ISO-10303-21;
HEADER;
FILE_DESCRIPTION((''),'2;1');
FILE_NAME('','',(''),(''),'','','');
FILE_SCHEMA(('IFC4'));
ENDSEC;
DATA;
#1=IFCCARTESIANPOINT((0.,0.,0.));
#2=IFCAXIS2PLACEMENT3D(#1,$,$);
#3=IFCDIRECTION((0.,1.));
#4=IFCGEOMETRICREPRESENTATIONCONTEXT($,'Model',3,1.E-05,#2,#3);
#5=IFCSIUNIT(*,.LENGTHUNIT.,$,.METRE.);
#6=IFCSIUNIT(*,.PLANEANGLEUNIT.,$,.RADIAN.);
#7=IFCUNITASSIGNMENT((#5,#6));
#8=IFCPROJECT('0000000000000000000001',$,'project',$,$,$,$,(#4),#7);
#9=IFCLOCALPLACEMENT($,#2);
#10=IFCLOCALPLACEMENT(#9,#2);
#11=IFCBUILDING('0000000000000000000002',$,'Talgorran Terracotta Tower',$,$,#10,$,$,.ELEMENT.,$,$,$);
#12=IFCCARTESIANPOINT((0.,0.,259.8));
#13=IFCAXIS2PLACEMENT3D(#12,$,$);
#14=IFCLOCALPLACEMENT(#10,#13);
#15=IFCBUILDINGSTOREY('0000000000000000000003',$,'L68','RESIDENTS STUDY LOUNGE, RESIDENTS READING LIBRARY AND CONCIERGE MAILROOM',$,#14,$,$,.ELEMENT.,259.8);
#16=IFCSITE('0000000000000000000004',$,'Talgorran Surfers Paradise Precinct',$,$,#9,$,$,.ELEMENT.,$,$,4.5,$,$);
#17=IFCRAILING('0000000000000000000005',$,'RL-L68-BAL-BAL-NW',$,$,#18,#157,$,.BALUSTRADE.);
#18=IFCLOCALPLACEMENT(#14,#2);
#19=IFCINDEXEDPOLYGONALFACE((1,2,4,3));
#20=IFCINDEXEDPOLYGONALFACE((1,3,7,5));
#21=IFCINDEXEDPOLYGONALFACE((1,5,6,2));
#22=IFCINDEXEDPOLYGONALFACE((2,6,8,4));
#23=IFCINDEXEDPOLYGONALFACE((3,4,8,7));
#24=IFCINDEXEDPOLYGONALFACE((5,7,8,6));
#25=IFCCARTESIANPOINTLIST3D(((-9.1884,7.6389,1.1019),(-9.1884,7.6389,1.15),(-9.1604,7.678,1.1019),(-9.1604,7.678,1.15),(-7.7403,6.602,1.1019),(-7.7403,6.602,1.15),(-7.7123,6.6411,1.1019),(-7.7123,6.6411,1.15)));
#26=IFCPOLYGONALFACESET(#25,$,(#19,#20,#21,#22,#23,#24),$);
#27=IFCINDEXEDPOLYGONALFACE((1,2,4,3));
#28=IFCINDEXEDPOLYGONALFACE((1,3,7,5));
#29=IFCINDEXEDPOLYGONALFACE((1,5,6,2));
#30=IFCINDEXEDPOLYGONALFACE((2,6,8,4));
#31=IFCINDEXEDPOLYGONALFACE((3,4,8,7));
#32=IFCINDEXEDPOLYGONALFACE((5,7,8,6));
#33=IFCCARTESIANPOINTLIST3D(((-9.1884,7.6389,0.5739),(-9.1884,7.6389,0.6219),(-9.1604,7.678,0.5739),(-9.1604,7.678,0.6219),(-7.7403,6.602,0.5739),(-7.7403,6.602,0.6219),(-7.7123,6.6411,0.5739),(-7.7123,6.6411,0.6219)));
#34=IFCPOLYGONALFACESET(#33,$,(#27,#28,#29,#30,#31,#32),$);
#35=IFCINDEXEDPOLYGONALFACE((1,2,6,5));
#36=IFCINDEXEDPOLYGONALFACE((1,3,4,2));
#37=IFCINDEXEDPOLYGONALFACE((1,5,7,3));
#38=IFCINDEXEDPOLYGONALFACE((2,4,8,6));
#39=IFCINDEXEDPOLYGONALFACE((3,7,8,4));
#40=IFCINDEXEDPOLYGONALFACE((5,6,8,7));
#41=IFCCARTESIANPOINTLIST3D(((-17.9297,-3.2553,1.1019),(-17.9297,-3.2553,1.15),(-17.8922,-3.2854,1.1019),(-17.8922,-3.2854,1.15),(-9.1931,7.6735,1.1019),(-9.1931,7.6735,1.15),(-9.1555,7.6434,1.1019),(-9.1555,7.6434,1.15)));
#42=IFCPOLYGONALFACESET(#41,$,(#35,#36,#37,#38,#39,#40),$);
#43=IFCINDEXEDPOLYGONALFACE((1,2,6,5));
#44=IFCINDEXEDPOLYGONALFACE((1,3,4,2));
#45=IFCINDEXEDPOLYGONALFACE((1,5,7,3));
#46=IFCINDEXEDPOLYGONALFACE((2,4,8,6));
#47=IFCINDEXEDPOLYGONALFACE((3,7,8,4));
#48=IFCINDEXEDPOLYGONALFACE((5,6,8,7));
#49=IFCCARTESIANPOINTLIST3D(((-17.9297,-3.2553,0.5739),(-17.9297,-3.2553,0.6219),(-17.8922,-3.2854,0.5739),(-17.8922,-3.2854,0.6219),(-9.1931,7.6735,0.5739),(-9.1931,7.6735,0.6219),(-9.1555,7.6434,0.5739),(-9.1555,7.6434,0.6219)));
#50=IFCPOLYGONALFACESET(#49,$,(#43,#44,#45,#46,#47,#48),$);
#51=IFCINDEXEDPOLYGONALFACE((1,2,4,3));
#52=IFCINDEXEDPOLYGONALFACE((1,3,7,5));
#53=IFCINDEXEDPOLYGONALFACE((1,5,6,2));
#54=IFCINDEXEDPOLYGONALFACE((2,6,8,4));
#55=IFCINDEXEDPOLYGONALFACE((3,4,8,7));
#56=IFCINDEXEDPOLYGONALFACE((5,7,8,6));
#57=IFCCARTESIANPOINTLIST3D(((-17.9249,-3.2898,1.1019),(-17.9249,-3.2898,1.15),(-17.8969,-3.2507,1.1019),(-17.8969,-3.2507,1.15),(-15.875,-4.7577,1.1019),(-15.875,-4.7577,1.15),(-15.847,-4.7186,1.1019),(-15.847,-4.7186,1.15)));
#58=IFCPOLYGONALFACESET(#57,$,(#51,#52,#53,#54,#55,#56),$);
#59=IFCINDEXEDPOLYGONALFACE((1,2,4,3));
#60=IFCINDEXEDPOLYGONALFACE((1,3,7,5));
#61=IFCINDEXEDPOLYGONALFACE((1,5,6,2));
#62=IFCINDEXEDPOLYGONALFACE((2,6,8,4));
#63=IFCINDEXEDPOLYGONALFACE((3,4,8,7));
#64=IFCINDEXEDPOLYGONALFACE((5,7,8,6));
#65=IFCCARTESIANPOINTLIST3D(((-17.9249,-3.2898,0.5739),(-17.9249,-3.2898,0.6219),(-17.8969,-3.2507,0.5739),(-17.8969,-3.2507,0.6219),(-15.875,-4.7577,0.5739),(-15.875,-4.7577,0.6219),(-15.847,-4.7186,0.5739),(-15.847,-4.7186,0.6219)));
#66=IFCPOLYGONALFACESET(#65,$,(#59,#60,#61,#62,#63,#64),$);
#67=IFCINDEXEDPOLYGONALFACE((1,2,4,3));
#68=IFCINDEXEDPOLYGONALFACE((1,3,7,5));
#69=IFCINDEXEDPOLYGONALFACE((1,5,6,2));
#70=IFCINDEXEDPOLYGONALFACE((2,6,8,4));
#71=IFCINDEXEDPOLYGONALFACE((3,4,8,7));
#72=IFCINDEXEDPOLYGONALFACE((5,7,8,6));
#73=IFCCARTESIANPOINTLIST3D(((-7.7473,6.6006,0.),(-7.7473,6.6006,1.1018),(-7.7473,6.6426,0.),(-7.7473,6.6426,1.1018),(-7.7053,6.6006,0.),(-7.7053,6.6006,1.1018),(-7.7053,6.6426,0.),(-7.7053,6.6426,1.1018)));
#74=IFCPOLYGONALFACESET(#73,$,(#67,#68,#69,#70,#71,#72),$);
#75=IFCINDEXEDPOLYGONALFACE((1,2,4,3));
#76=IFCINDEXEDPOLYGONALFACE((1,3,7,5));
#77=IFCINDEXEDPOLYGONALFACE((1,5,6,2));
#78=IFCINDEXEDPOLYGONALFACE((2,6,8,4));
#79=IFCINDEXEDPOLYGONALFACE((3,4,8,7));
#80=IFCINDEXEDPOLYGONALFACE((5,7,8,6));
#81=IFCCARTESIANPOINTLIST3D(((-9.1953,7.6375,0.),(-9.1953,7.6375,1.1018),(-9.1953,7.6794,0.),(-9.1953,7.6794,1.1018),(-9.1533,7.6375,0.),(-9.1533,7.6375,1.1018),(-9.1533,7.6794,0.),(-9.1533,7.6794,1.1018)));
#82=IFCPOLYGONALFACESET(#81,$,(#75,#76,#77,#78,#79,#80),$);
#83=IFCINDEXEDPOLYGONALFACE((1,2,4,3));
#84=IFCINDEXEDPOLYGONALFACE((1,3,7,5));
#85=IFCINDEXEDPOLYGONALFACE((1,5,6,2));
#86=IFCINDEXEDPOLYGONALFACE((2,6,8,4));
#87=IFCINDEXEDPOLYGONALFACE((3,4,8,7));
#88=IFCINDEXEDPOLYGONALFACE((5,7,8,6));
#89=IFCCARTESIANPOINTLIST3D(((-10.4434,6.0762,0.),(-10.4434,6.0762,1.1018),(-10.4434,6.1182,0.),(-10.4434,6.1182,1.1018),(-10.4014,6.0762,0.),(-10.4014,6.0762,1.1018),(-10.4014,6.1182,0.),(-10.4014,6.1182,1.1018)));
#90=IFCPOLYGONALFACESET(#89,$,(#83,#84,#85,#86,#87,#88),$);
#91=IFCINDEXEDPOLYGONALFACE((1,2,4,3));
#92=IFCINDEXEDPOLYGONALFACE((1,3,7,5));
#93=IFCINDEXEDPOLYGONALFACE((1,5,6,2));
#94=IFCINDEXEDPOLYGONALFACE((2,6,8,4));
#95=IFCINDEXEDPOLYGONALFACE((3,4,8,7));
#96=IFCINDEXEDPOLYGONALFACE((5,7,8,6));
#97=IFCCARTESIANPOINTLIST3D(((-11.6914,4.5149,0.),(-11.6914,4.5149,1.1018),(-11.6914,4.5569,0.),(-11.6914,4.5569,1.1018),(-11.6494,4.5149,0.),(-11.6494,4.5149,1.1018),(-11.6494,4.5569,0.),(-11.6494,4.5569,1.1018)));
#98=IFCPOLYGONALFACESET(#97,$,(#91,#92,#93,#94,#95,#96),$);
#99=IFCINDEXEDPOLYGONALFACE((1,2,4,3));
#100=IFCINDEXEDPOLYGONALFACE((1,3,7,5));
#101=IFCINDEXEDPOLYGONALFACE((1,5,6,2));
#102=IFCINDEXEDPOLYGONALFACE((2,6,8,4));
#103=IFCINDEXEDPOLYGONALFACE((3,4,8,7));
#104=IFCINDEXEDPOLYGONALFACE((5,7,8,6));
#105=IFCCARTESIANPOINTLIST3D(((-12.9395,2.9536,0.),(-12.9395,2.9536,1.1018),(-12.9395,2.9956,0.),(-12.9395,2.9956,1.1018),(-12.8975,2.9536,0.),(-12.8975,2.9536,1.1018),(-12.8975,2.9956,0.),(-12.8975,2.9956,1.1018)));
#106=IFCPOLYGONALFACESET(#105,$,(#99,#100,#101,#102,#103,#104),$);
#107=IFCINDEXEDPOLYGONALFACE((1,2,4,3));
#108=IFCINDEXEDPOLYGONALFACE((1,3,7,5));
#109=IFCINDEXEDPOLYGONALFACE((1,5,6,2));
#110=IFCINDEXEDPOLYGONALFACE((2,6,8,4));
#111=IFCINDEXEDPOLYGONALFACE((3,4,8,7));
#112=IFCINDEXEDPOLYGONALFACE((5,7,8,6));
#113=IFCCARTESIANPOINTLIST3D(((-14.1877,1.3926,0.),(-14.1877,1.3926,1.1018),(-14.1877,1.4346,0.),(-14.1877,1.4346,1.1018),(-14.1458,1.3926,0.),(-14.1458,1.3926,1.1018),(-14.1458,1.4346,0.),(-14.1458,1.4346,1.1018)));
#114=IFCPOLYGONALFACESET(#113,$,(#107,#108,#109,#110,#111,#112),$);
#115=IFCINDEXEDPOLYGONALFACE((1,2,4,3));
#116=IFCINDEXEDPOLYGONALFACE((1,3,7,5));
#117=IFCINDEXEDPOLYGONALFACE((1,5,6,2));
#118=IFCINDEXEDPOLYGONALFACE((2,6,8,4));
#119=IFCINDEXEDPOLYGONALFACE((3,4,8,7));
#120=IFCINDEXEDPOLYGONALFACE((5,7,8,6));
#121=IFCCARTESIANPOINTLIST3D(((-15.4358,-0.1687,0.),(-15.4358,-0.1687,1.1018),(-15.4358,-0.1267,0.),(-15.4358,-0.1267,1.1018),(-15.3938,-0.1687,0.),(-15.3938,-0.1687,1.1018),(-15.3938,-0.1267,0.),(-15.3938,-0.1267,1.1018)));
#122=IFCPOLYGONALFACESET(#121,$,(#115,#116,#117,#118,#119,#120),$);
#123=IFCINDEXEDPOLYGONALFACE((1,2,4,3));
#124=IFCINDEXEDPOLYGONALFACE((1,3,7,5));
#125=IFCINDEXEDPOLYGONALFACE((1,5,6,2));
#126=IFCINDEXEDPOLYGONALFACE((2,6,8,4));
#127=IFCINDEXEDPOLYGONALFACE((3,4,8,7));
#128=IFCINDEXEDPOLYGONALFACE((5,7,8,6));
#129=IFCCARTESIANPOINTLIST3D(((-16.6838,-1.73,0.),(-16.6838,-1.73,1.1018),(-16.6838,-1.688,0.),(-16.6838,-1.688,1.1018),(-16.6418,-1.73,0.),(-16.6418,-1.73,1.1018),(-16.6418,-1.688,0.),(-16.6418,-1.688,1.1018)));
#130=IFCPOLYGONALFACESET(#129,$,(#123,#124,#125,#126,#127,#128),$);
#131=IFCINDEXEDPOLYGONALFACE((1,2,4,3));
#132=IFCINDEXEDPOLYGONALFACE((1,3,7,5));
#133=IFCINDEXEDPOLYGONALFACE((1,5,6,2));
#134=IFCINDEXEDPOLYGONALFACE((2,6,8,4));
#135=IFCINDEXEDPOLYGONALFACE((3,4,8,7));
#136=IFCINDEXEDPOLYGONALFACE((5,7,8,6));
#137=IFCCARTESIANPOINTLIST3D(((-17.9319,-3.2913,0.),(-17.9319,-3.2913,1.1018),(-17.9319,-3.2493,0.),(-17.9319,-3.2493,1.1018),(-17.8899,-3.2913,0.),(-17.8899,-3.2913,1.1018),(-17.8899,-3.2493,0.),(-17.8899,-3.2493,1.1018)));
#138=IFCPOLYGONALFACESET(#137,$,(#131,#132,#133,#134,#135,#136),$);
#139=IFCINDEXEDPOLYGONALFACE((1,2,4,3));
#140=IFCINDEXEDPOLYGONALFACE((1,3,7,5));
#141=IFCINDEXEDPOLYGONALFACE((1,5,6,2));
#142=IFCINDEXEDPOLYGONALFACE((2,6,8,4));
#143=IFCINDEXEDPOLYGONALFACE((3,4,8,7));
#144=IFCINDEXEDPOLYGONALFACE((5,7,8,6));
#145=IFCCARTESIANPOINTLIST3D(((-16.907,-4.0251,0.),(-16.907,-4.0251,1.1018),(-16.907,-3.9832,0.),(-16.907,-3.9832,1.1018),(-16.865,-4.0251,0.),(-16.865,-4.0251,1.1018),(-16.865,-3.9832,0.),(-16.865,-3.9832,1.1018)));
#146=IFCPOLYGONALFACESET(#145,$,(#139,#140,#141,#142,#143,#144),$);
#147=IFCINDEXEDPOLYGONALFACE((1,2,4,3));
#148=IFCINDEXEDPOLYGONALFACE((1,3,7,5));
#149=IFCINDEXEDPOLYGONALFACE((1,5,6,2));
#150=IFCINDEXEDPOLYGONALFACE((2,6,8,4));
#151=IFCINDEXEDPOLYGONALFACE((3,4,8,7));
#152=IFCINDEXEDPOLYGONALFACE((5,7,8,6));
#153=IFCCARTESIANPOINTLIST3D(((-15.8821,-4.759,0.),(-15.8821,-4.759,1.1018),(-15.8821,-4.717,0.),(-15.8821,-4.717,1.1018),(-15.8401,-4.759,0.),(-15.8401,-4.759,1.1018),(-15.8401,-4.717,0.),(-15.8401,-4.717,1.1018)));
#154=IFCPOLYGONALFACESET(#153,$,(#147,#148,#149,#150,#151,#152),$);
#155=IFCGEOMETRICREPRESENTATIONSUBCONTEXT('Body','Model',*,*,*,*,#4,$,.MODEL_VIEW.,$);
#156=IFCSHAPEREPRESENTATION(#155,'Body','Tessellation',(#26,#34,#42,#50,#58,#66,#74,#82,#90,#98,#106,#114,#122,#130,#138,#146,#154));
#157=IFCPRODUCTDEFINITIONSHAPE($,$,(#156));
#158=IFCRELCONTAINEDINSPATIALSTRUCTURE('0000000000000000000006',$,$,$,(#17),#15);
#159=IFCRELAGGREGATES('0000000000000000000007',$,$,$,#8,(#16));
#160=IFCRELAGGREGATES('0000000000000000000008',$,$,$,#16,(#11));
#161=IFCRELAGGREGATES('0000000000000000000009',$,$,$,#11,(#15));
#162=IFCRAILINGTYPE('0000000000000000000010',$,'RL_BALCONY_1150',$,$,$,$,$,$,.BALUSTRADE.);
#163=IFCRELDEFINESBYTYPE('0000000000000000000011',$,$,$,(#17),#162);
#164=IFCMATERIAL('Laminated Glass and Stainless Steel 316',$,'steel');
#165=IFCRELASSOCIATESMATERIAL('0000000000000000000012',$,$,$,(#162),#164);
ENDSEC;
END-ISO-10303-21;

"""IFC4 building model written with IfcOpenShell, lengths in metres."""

from ifc_helpers import new_model, si_unit, direction, frame, origin, origin_2d, place, context, subcontext, project, spatial, rectangle, extrude, material, type_object, element, save


model = new_model("IFC4")

# Units and contexts
model_context = context("Model", 3, precision=1e-05, world=origin(), true_north=direction((0.0, 1.0)))
body_context = subcontext(model_context, "Body", "Model", "MODEL_VIEW")
ifc_project = project(units=[si_unit("LENGTHUNIT", "METRE"), si_unit("PLANEANGLEUNIT", "RADIAN")], contexts=[model_context])

# Site, building, storey
site_placement = place(None, origin())
site = spatial("IfcSite", under=ifc_project, at=site_placement, Name="Talgorran Surfers Paradise Precinct", CompositionType="ELEMENT", RefElevation=4.5)
building_placement = place(site_placement, origin())
building = spatial("IfcBuilding", under=site, at=building_placement, Name="Talgorran Terracotta Tower", CompositionType="ELEMENT")
storey_placement = place(building_placement, frame((0.0, 0.0, 259.8)))
storey = spatial("IfcBuildingStorey", under=building, at=storey_placement, Name="L68", Description="RESIDENTS STUDY LOUNGE, RESIDENTS READING LIBRARY AND CONCIERGE MAILROOM", CompositionType="ELEMENT", Elevation=259.8)

# Railing
ifc_material_1 = material(Name="Laminated Glass and Stainless Steel 316", Category="steel")
railing_type = type_object("IfcRailingType", Name="RL_BALCONY_1150", PredefinedType="BALUSTRADE", material=ifc_material_1)
railing_placement = place(storey_placement, frame((-7.7263, 6.6216, 0.0)))
element("IfcRailing", 1, at=railing_placement, inside=storey, type_object=railing_type, Name="RL-L68-BAL-BAL-NW", PredefinedType="BALUSTRADE", context=body_context, shape_type="SweptSolid", body=[
    extrude(rectangle(XDim=0.0481, YDim=0.0481, at=origin_2d()), frame((0.0, 0.0, 1.126), z_axis=(-0.813047, 0.582197, 0.0), x_axis=(-0.582197, -0.813047, 0.0)), (0.0, 0.0, 1.0), 1.781),
    extrude(rectangle(XDim=0.0481, YDim=0.0481, at=origin_2d()), frame((0.0, 0.0, 0.5979), z_axis=(-0.813047, 0.582197, 0.0), x_axis=(-0.582197, -0.813047, 0.0)), (0.0, 0.0, 1.0), 1.781),
    extrude(rectangle(XDim=0.0481, YDim=0.0481, at=origin_2d()), frame((-1.448, 1.0369, 1.126), z_axis=(-0.624416, -0.781092, 0.0), x_axis=(0.781092, -0.624416, 0.0)), (0.0, 0.0, 1.0), 13.9917),
    extrude(rectangle(XDim=0.0481, YDim=0.0481, at=origin_2d()), frame((-1.448, 1.0369, 0.5979), z_axis=(-0.624416, -0.781092, 0.0), x_axis=(0.781092, -0.624416, 0.0)), (0.0, 0.0, 1.0), 13.9917),
    extrude(rectangle(XDim=0.0481, YDim=0.0481, at=origin_2d()), frame((-10.1846, -9.8918, 1.126), z_axis=(0.813052, -0.58219, 0.0), x_axis=(0.58219, 0.813052, 0.0)), (0.0, 0.0, 1.0), 2.5212),
    extrude(rectangle(XDim=0.0481, YDim=0.0481, at=origin_2d()), frame((-10.1846, -9.8918, 0.5979), z_axis=(0.813052, -0.58219, 0.0), x_axis=(0.58219, 0.813052, 0.0)), (0.0, 0.0, 1.0), 2.5212),
    extrude(rectangle(XDim=0.042, YDim=0.042, at=origin_2d()), origin(), (0.0, 0.0, 1.0), 1.1018),
    extrude(rectangle(XDim=0.042, YDim=0.042, at=origin_2d()), frame((-1.448, 1.0369, 0.0)), (0.0, 0.0, 1.0), 1.1018),
    extrude(rectangle(XDim=0.042, YDim=0.042, at=origin_2d()), frame((-2.696, -0.5244, 0.0)), (0.0, 0.0, 1.0), 1.1018),
    extrude(rectangle(XDim=0.042, YDim=0.042, at=origin_2d()), frame((-3.9441, -2.0857, 0.0)), (0.0, 0.0, 1.0), 1.1018),
    extrude(rectangle(XDim=0.042, YDim=0.042, at=origin_2d()), frame((-5.1921, -3.647, 0.0)), (0.0, 0.0, 1.0), 1.1018),
    extrude(rectangle(XDim=0.042, YDim=0.042, at=origin_2d()), frame((-6.4404, -5.208, 0.0)), (0.0, 0.0, 1.0), 1.1018),
    extrude(rectangle(XDim=0.042, YDim=0.042, at=origin_2d()), frame((-7.6885, -6.7693, 0.0)), (0.0, 0.0, 1.0), 1.1018),
    extrude(rectangle(XDim=0.042, YDim=0.042, at=origin_2d()), frame((-8.9365, -8.3306, 0.0)), (0.0, 0.0, 1.0), 1.1018),
    extrude(rectangle(XDim=0.042, YDim=0.042, at=origin_2d()), frame((-10.1846, -9.8918, 0.0)), (0.0, 0.0, 1.0), 1.1018),
    extrude(rectangle(XDim=0.042, YDim=0.042, at=origin_2d()), frame((-9.1597, -10.6257, 0.0)), (0.0, 0.0, 1.0), 1.1018),
    extrude(rectangle(XDim=0.042, YDim=0.042, at=origin_2d()), frame((-8.1348, -11.3596, 0.0)), (0.0, 0.0, 1.0), 1.1018),
])

save(model, "model.ifc")
